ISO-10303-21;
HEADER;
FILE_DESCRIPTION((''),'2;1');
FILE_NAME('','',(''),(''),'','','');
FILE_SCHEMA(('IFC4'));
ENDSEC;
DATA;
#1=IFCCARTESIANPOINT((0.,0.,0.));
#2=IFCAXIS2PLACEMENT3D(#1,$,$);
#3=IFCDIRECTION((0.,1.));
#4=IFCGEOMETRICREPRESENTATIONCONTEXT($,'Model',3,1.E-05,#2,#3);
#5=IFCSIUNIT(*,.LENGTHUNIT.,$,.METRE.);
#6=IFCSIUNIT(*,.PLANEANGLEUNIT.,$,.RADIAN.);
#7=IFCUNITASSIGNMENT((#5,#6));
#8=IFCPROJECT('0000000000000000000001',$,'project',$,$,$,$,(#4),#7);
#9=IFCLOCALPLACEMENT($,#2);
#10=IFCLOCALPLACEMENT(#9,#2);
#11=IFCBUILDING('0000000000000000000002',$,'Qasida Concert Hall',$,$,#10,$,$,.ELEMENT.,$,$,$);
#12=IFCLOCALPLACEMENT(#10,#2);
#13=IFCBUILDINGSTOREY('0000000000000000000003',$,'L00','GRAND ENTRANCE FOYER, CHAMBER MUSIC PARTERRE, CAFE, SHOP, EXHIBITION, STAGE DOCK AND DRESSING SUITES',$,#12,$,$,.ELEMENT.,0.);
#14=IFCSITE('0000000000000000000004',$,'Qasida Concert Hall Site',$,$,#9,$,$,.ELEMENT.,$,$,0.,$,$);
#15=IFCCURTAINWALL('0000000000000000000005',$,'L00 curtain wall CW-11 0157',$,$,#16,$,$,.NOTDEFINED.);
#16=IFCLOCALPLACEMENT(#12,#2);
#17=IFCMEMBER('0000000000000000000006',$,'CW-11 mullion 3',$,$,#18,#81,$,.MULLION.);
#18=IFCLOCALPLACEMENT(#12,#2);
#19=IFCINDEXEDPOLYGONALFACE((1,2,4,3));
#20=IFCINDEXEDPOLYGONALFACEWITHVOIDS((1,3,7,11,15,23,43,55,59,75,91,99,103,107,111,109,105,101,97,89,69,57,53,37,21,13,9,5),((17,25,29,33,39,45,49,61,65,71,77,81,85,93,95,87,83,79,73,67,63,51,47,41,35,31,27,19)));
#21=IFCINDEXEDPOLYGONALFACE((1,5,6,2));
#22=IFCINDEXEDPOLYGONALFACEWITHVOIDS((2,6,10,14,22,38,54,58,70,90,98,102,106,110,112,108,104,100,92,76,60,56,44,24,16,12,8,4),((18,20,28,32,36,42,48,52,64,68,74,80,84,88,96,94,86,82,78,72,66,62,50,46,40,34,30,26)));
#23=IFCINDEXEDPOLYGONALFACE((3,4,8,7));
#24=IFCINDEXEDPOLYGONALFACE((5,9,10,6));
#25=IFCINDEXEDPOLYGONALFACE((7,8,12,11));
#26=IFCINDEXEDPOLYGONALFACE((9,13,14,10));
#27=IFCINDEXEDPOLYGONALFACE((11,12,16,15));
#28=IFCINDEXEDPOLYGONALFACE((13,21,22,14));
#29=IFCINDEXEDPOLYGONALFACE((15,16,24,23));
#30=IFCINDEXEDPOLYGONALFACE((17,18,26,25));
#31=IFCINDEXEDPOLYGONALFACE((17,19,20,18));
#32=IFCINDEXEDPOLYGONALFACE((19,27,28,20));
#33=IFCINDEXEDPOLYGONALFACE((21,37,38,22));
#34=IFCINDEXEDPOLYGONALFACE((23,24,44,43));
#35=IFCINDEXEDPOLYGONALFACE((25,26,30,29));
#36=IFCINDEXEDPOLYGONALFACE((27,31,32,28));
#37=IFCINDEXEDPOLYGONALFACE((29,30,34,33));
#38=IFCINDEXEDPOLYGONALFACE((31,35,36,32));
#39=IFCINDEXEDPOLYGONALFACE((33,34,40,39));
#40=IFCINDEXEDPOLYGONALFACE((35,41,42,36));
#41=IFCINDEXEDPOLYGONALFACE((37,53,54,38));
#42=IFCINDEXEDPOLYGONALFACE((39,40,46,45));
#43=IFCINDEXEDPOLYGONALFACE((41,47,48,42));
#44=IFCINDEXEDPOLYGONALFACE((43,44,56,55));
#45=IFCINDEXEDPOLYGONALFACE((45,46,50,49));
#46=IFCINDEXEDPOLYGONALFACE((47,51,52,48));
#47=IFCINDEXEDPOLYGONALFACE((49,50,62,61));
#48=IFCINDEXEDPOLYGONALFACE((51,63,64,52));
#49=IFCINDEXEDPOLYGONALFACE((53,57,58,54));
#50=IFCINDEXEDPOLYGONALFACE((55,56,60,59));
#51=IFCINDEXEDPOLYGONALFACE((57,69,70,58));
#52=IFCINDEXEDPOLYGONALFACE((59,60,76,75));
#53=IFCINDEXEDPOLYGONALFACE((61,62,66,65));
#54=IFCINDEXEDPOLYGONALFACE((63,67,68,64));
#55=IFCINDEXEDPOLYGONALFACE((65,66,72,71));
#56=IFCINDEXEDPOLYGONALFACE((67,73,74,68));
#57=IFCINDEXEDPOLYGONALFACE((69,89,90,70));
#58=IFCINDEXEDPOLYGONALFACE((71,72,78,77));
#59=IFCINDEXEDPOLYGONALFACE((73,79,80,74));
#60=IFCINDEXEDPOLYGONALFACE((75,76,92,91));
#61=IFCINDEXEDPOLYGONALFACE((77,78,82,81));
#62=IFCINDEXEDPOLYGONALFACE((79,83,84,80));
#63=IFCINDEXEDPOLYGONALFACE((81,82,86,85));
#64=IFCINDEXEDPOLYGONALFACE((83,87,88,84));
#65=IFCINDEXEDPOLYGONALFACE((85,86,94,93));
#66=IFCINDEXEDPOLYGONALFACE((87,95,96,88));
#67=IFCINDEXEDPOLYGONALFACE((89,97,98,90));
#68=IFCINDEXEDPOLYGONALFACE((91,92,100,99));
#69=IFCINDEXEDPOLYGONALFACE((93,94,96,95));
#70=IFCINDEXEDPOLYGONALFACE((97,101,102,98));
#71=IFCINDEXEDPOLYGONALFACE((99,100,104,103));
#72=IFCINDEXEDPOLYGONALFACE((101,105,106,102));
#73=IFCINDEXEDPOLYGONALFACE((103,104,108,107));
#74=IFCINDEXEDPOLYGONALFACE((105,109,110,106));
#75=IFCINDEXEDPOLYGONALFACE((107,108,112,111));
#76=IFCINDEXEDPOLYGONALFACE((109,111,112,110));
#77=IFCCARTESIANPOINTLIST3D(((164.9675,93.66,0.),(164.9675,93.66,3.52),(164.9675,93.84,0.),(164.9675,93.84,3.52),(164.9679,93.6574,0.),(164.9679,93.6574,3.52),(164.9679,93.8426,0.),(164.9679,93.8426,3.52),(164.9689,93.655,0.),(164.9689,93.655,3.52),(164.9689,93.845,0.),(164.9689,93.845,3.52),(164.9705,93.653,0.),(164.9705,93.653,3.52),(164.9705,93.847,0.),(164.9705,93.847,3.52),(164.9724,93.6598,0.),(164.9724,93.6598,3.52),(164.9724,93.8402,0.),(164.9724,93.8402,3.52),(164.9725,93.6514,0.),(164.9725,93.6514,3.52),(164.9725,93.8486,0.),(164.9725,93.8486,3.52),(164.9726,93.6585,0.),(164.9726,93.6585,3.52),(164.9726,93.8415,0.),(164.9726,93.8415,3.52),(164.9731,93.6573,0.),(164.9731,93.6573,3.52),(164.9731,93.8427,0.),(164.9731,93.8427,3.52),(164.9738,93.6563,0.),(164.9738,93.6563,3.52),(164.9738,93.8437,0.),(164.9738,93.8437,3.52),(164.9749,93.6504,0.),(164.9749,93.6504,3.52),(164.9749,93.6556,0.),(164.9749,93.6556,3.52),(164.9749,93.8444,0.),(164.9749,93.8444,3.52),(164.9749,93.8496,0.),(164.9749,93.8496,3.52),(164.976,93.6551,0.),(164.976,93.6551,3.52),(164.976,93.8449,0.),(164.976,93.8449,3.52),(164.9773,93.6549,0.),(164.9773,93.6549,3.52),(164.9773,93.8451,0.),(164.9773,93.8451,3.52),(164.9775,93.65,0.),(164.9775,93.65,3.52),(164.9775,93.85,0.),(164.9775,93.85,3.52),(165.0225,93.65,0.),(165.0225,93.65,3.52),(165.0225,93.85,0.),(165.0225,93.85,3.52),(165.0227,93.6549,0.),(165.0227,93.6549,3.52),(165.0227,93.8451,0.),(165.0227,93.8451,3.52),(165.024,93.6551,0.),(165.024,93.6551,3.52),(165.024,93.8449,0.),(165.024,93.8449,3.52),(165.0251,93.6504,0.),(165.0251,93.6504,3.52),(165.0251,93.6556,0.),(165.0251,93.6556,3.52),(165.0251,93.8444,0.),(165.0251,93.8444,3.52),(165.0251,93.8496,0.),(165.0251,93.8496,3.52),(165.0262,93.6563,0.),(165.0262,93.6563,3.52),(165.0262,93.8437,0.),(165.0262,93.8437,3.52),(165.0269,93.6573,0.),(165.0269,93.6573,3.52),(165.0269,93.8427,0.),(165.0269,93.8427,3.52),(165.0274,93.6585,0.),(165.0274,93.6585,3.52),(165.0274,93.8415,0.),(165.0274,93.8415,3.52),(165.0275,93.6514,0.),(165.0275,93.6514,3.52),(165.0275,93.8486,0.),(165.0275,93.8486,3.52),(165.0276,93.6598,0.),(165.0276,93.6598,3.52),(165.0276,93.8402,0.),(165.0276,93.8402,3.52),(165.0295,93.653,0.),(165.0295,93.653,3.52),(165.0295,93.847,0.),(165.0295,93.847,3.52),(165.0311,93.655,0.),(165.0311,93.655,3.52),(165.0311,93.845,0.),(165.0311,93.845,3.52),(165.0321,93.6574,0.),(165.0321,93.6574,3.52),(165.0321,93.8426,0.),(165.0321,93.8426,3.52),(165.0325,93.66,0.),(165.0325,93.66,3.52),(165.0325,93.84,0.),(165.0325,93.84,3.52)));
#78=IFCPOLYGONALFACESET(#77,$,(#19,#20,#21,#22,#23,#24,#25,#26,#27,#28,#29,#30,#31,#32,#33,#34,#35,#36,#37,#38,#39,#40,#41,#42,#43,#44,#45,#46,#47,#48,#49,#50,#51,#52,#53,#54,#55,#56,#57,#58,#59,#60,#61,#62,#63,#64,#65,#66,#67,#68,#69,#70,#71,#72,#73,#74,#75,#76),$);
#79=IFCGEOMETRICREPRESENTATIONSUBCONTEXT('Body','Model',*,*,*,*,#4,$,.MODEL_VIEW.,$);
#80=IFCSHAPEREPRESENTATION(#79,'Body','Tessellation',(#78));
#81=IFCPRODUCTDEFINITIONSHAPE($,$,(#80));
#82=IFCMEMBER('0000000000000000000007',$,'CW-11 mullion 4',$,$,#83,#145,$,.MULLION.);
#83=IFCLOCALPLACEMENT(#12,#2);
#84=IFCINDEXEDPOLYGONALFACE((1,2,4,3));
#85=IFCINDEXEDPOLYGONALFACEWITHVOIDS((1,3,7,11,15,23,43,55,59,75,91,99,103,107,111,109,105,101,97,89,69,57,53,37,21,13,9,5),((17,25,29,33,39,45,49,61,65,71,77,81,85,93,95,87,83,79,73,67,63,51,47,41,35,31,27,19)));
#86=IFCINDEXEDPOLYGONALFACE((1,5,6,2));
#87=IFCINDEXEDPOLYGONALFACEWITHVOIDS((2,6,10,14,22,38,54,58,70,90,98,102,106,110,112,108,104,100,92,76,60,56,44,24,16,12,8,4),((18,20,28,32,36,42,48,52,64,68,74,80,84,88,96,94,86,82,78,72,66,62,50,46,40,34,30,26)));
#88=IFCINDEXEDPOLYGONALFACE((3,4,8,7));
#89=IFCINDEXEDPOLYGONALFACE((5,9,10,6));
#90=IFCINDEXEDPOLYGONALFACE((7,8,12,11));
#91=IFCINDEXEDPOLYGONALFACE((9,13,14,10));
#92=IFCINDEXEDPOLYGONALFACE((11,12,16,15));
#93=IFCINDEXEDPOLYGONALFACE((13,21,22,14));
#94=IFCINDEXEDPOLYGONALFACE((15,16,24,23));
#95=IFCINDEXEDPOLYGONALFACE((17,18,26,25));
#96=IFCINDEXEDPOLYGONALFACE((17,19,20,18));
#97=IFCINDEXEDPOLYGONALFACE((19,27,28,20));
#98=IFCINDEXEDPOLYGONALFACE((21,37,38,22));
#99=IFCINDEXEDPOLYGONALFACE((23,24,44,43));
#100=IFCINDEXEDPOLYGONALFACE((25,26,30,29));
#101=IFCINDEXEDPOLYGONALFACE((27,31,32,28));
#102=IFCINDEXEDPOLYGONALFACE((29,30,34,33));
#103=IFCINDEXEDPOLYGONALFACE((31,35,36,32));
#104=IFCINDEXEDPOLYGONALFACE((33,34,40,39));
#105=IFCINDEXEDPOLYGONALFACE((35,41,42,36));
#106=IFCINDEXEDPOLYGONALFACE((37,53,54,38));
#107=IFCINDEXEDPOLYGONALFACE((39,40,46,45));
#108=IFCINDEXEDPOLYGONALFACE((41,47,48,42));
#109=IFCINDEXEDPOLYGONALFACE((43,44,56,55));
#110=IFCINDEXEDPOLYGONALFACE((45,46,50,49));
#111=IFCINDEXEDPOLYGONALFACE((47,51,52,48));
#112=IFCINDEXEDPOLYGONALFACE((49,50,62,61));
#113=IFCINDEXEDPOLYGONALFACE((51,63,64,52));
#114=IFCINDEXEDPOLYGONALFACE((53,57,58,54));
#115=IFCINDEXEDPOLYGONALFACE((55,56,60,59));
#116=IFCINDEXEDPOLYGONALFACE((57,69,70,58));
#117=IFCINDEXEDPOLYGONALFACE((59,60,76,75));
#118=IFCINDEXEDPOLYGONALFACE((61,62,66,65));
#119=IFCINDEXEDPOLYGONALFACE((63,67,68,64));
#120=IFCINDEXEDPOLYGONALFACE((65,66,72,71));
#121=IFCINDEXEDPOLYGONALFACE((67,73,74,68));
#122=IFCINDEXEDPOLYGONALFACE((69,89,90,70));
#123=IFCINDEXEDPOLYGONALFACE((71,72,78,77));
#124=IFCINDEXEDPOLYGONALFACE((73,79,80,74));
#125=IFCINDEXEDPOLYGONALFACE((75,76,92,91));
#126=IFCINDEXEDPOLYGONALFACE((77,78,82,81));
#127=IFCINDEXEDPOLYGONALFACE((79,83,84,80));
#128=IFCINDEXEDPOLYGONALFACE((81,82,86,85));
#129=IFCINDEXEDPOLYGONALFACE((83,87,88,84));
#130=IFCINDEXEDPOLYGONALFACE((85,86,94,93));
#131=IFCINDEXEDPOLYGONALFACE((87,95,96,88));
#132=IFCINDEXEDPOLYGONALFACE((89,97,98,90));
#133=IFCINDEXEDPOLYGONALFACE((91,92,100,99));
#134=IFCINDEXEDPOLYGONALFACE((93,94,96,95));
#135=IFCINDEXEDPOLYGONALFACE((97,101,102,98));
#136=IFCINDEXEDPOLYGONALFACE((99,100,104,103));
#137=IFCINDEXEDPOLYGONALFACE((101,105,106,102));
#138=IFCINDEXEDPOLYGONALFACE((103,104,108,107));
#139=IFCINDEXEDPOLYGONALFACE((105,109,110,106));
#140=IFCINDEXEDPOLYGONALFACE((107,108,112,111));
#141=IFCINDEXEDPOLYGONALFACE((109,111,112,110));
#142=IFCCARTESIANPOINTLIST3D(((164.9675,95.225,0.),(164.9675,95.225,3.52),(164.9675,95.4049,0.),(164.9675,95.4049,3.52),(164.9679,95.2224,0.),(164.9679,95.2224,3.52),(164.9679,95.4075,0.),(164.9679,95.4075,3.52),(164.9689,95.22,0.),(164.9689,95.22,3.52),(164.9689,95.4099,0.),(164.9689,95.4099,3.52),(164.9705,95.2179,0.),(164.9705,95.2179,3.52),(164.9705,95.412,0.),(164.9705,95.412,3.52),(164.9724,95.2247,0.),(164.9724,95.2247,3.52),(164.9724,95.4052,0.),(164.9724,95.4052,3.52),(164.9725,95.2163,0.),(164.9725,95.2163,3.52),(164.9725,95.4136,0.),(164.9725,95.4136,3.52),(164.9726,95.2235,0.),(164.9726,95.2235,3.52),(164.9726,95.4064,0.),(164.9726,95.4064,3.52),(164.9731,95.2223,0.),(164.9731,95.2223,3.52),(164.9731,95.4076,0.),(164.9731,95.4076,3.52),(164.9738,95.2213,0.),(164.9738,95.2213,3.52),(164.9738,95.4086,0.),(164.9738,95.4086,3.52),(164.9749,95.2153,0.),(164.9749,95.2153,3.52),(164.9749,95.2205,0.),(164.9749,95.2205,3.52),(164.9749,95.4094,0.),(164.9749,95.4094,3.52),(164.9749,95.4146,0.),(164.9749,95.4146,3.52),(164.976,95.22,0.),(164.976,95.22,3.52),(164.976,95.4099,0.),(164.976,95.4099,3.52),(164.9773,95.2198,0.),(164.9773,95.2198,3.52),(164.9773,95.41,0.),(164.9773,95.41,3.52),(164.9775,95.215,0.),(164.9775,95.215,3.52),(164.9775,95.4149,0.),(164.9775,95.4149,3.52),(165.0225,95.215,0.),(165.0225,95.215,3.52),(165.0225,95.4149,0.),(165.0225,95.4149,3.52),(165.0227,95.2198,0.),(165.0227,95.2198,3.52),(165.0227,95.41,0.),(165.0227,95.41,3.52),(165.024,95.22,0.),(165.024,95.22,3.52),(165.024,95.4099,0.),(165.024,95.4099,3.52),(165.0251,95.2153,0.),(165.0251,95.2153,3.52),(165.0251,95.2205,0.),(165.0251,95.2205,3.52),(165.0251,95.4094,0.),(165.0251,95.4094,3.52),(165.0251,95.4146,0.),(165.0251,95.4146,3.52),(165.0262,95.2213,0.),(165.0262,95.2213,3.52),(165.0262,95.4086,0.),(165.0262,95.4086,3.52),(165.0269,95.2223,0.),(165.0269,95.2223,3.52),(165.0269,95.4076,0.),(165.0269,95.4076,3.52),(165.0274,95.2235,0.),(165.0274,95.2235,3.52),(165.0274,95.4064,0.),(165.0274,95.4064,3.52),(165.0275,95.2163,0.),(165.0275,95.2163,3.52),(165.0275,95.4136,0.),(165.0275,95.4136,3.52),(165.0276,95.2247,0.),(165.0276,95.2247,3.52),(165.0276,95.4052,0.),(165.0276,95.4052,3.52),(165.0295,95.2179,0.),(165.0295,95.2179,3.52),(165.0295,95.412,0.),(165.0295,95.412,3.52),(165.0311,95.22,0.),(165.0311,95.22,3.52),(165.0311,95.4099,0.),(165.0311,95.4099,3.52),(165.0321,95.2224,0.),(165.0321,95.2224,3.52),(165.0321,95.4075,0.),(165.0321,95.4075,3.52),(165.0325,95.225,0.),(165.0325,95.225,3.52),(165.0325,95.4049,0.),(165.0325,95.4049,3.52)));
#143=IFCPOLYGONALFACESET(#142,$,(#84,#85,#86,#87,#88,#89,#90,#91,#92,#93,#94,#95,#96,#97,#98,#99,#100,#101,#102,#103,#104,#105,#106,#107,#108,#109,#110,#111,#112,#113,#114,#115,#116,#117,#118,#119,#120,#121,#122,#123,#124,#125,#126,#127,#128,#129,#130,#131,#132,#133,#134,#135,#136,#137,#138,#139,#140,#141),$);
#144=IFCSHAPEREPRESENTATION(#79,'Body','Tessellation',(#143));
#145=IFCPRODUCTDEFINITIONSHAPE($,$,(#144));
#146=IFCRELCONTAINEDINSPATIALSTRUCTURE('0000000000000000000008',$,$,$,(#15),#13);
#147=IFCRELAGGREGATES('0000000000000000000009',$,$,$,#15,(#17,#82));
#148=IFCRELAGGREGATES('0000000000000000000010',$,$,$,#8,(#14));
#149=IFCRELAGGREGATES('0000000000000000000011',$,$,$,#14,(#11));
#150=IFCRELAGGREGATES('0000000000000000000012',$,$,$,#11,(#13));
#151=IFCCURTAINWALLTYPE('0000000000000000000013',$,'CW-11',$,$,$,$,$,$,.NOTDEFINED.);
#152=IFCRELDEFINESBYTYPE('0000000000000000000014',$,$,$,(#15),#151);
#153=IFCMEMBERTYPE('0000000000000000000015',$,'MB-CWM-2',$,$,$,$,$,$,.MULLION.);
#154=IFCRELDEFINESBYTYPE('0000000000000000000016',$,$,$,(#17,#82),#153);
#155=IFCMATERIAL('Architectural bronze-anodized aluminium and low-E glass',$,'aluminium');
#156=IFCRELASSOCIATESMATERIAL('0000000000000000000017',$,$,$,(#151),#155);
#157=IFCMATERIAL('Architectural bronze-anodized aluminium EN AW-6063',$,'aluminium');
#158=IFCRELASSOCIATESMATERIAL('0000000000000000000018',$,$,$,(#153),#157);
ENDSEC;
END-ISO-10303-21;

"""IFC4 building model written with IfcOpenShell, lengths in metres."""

from ifc_helpers import new_model, si_unit, direction, frame, origin, origin_2d, place, context, subcontext, project, spatial, hollow_rectangle, extrude, material, material_profile, profile_set, type_object, element, aggregate, save


model = new_model("IFC4")

# Units and contexts
model_context = context("Model", 3, precision=1e-05, world=origin(), true_north=direction((0.0, 1.0)))
body_context = subcontext(model_context, "Body", "Model", "MODEL_VIEW")
ifc_project = project(units=[si_unit("LENGTHUNIT", "METRE"), si_unit("PLANEANGLEUNIT", "RADIAN")], contexts=[model_context])

# Site, building, storey
site_placement = place(None, origin())
site = spatial("IfcSite", under=ifc_project, at=site_placement, Name="Qasida Concert Hall Site", CompositionType="ELEMENT", RefElevation=0.0)
building_placement = place(site_placement, origin())
building = spatial("IfcBuilding", under=site, at=building_placement, Name="Qasida Concert Hall", CompositionType="ELEMENT")
storey_placement = place(building_placement, origin())
storey = spatial("IfcBuildingStorey", under=building, at=storey_placement, Name="L00", Description="GRAND ENTRANCE FOYER, CHAMBER MUSIC PARTERRE, CAFE, SHOP, EXHIBITION, STAGE DOCK AND DRESSING SUITES", CompositionType="ELEMENT", Elevation=0.0)

# Curtain wall, members
ifc_material_1 = material(Name="Architectural bronze-anodized aluminium and low-E glass", Category="aluminium")
curtain_wall_type = type_object("IfcCurtainWallType", Name="CW-11", PredefinedType="NOTDEFINED", material=ifc_material_1)
curtain_wall_placement = place(storey_placement, origin())
curtain_wall = element("IfcCurtainWall", 1, at=curtain_wall_placement, inside=storey, type_object=curtain_wall_type, Name="L00 curtain wall CW-11 0157", PredefinedType="NOTDEFINED")
ifc_material_2 = material(Name="Architectural bronze-anodized aluminium EN AW-6063", Category="aluminium")
ifc_material_profile_1 = material_profile(ifc_material_2, hollow_rectangle(XDim=0.0649, YDim=0.2, WallThickness=0.0049, InnerFilletRadius=0.0049, OuterFilletRadius=0.01, at=origin_2d()), Name="CWM 200x65x5")
ifc_profile_set_1 = profile_set([ifc_material_profile_1], Name="Architectural bronze-anodized aluminium EN AW-6063")
member_type_1 = type_object("IfcMemberType", Name="MB-CWM-2", PredefinedType="MULLION", material=ifc_profile_set_1)
member_1_placement = place(storey_placement, frame((165.0, 93.75, 0.0), z_axis=(0.0, 0.0, 1.0), x_axis=(-1.0, 0.0, 0.0)))
member_1 = element("IfcMember", 2, at=member_1_placement, type_object=member_type_1, Name="CW-11 mullion 3", PredefinedType="MULLION", context=body_context, shape_type="SweptSolid", body=[
    extrude(hollow_rectangle(XDim=0.0649, YDim=0.2, WallThickness=0.0049, InnerFilletRadius=0.0049, OuterFilletRadius=0.01, at=origin_2d()), origin(), (0.0, 0.0, 1.0), 3.52),
])
member_2_placement = place(storey_placement, frame((165.0, 95.3149, 0.0), z_axis=(0.0, 0.0, 1.0), x_axis=(-1.0, 0.0, 0.0)))
member_2 = element("IfcMember", 3, at=member_2_placement, type_object=member_type_1, Name="CW-11 mullion 4", PredefinedType="MULLION", context=body_context, shape_type="SweptSolid", body=[
    extrude(hollow_rectangle(XDim=0.0649, YDim=0.2, WallThickness=0.0049, InnerFilletRadius=0.0049, OuterFilletRadius=0.01, at=origin_2d()), origin(), (0.0, 0.0, 1.0), 3.52),
])
aggregate(curtain_wall, [member_1, member_2])

save(model, "model.ifc")
